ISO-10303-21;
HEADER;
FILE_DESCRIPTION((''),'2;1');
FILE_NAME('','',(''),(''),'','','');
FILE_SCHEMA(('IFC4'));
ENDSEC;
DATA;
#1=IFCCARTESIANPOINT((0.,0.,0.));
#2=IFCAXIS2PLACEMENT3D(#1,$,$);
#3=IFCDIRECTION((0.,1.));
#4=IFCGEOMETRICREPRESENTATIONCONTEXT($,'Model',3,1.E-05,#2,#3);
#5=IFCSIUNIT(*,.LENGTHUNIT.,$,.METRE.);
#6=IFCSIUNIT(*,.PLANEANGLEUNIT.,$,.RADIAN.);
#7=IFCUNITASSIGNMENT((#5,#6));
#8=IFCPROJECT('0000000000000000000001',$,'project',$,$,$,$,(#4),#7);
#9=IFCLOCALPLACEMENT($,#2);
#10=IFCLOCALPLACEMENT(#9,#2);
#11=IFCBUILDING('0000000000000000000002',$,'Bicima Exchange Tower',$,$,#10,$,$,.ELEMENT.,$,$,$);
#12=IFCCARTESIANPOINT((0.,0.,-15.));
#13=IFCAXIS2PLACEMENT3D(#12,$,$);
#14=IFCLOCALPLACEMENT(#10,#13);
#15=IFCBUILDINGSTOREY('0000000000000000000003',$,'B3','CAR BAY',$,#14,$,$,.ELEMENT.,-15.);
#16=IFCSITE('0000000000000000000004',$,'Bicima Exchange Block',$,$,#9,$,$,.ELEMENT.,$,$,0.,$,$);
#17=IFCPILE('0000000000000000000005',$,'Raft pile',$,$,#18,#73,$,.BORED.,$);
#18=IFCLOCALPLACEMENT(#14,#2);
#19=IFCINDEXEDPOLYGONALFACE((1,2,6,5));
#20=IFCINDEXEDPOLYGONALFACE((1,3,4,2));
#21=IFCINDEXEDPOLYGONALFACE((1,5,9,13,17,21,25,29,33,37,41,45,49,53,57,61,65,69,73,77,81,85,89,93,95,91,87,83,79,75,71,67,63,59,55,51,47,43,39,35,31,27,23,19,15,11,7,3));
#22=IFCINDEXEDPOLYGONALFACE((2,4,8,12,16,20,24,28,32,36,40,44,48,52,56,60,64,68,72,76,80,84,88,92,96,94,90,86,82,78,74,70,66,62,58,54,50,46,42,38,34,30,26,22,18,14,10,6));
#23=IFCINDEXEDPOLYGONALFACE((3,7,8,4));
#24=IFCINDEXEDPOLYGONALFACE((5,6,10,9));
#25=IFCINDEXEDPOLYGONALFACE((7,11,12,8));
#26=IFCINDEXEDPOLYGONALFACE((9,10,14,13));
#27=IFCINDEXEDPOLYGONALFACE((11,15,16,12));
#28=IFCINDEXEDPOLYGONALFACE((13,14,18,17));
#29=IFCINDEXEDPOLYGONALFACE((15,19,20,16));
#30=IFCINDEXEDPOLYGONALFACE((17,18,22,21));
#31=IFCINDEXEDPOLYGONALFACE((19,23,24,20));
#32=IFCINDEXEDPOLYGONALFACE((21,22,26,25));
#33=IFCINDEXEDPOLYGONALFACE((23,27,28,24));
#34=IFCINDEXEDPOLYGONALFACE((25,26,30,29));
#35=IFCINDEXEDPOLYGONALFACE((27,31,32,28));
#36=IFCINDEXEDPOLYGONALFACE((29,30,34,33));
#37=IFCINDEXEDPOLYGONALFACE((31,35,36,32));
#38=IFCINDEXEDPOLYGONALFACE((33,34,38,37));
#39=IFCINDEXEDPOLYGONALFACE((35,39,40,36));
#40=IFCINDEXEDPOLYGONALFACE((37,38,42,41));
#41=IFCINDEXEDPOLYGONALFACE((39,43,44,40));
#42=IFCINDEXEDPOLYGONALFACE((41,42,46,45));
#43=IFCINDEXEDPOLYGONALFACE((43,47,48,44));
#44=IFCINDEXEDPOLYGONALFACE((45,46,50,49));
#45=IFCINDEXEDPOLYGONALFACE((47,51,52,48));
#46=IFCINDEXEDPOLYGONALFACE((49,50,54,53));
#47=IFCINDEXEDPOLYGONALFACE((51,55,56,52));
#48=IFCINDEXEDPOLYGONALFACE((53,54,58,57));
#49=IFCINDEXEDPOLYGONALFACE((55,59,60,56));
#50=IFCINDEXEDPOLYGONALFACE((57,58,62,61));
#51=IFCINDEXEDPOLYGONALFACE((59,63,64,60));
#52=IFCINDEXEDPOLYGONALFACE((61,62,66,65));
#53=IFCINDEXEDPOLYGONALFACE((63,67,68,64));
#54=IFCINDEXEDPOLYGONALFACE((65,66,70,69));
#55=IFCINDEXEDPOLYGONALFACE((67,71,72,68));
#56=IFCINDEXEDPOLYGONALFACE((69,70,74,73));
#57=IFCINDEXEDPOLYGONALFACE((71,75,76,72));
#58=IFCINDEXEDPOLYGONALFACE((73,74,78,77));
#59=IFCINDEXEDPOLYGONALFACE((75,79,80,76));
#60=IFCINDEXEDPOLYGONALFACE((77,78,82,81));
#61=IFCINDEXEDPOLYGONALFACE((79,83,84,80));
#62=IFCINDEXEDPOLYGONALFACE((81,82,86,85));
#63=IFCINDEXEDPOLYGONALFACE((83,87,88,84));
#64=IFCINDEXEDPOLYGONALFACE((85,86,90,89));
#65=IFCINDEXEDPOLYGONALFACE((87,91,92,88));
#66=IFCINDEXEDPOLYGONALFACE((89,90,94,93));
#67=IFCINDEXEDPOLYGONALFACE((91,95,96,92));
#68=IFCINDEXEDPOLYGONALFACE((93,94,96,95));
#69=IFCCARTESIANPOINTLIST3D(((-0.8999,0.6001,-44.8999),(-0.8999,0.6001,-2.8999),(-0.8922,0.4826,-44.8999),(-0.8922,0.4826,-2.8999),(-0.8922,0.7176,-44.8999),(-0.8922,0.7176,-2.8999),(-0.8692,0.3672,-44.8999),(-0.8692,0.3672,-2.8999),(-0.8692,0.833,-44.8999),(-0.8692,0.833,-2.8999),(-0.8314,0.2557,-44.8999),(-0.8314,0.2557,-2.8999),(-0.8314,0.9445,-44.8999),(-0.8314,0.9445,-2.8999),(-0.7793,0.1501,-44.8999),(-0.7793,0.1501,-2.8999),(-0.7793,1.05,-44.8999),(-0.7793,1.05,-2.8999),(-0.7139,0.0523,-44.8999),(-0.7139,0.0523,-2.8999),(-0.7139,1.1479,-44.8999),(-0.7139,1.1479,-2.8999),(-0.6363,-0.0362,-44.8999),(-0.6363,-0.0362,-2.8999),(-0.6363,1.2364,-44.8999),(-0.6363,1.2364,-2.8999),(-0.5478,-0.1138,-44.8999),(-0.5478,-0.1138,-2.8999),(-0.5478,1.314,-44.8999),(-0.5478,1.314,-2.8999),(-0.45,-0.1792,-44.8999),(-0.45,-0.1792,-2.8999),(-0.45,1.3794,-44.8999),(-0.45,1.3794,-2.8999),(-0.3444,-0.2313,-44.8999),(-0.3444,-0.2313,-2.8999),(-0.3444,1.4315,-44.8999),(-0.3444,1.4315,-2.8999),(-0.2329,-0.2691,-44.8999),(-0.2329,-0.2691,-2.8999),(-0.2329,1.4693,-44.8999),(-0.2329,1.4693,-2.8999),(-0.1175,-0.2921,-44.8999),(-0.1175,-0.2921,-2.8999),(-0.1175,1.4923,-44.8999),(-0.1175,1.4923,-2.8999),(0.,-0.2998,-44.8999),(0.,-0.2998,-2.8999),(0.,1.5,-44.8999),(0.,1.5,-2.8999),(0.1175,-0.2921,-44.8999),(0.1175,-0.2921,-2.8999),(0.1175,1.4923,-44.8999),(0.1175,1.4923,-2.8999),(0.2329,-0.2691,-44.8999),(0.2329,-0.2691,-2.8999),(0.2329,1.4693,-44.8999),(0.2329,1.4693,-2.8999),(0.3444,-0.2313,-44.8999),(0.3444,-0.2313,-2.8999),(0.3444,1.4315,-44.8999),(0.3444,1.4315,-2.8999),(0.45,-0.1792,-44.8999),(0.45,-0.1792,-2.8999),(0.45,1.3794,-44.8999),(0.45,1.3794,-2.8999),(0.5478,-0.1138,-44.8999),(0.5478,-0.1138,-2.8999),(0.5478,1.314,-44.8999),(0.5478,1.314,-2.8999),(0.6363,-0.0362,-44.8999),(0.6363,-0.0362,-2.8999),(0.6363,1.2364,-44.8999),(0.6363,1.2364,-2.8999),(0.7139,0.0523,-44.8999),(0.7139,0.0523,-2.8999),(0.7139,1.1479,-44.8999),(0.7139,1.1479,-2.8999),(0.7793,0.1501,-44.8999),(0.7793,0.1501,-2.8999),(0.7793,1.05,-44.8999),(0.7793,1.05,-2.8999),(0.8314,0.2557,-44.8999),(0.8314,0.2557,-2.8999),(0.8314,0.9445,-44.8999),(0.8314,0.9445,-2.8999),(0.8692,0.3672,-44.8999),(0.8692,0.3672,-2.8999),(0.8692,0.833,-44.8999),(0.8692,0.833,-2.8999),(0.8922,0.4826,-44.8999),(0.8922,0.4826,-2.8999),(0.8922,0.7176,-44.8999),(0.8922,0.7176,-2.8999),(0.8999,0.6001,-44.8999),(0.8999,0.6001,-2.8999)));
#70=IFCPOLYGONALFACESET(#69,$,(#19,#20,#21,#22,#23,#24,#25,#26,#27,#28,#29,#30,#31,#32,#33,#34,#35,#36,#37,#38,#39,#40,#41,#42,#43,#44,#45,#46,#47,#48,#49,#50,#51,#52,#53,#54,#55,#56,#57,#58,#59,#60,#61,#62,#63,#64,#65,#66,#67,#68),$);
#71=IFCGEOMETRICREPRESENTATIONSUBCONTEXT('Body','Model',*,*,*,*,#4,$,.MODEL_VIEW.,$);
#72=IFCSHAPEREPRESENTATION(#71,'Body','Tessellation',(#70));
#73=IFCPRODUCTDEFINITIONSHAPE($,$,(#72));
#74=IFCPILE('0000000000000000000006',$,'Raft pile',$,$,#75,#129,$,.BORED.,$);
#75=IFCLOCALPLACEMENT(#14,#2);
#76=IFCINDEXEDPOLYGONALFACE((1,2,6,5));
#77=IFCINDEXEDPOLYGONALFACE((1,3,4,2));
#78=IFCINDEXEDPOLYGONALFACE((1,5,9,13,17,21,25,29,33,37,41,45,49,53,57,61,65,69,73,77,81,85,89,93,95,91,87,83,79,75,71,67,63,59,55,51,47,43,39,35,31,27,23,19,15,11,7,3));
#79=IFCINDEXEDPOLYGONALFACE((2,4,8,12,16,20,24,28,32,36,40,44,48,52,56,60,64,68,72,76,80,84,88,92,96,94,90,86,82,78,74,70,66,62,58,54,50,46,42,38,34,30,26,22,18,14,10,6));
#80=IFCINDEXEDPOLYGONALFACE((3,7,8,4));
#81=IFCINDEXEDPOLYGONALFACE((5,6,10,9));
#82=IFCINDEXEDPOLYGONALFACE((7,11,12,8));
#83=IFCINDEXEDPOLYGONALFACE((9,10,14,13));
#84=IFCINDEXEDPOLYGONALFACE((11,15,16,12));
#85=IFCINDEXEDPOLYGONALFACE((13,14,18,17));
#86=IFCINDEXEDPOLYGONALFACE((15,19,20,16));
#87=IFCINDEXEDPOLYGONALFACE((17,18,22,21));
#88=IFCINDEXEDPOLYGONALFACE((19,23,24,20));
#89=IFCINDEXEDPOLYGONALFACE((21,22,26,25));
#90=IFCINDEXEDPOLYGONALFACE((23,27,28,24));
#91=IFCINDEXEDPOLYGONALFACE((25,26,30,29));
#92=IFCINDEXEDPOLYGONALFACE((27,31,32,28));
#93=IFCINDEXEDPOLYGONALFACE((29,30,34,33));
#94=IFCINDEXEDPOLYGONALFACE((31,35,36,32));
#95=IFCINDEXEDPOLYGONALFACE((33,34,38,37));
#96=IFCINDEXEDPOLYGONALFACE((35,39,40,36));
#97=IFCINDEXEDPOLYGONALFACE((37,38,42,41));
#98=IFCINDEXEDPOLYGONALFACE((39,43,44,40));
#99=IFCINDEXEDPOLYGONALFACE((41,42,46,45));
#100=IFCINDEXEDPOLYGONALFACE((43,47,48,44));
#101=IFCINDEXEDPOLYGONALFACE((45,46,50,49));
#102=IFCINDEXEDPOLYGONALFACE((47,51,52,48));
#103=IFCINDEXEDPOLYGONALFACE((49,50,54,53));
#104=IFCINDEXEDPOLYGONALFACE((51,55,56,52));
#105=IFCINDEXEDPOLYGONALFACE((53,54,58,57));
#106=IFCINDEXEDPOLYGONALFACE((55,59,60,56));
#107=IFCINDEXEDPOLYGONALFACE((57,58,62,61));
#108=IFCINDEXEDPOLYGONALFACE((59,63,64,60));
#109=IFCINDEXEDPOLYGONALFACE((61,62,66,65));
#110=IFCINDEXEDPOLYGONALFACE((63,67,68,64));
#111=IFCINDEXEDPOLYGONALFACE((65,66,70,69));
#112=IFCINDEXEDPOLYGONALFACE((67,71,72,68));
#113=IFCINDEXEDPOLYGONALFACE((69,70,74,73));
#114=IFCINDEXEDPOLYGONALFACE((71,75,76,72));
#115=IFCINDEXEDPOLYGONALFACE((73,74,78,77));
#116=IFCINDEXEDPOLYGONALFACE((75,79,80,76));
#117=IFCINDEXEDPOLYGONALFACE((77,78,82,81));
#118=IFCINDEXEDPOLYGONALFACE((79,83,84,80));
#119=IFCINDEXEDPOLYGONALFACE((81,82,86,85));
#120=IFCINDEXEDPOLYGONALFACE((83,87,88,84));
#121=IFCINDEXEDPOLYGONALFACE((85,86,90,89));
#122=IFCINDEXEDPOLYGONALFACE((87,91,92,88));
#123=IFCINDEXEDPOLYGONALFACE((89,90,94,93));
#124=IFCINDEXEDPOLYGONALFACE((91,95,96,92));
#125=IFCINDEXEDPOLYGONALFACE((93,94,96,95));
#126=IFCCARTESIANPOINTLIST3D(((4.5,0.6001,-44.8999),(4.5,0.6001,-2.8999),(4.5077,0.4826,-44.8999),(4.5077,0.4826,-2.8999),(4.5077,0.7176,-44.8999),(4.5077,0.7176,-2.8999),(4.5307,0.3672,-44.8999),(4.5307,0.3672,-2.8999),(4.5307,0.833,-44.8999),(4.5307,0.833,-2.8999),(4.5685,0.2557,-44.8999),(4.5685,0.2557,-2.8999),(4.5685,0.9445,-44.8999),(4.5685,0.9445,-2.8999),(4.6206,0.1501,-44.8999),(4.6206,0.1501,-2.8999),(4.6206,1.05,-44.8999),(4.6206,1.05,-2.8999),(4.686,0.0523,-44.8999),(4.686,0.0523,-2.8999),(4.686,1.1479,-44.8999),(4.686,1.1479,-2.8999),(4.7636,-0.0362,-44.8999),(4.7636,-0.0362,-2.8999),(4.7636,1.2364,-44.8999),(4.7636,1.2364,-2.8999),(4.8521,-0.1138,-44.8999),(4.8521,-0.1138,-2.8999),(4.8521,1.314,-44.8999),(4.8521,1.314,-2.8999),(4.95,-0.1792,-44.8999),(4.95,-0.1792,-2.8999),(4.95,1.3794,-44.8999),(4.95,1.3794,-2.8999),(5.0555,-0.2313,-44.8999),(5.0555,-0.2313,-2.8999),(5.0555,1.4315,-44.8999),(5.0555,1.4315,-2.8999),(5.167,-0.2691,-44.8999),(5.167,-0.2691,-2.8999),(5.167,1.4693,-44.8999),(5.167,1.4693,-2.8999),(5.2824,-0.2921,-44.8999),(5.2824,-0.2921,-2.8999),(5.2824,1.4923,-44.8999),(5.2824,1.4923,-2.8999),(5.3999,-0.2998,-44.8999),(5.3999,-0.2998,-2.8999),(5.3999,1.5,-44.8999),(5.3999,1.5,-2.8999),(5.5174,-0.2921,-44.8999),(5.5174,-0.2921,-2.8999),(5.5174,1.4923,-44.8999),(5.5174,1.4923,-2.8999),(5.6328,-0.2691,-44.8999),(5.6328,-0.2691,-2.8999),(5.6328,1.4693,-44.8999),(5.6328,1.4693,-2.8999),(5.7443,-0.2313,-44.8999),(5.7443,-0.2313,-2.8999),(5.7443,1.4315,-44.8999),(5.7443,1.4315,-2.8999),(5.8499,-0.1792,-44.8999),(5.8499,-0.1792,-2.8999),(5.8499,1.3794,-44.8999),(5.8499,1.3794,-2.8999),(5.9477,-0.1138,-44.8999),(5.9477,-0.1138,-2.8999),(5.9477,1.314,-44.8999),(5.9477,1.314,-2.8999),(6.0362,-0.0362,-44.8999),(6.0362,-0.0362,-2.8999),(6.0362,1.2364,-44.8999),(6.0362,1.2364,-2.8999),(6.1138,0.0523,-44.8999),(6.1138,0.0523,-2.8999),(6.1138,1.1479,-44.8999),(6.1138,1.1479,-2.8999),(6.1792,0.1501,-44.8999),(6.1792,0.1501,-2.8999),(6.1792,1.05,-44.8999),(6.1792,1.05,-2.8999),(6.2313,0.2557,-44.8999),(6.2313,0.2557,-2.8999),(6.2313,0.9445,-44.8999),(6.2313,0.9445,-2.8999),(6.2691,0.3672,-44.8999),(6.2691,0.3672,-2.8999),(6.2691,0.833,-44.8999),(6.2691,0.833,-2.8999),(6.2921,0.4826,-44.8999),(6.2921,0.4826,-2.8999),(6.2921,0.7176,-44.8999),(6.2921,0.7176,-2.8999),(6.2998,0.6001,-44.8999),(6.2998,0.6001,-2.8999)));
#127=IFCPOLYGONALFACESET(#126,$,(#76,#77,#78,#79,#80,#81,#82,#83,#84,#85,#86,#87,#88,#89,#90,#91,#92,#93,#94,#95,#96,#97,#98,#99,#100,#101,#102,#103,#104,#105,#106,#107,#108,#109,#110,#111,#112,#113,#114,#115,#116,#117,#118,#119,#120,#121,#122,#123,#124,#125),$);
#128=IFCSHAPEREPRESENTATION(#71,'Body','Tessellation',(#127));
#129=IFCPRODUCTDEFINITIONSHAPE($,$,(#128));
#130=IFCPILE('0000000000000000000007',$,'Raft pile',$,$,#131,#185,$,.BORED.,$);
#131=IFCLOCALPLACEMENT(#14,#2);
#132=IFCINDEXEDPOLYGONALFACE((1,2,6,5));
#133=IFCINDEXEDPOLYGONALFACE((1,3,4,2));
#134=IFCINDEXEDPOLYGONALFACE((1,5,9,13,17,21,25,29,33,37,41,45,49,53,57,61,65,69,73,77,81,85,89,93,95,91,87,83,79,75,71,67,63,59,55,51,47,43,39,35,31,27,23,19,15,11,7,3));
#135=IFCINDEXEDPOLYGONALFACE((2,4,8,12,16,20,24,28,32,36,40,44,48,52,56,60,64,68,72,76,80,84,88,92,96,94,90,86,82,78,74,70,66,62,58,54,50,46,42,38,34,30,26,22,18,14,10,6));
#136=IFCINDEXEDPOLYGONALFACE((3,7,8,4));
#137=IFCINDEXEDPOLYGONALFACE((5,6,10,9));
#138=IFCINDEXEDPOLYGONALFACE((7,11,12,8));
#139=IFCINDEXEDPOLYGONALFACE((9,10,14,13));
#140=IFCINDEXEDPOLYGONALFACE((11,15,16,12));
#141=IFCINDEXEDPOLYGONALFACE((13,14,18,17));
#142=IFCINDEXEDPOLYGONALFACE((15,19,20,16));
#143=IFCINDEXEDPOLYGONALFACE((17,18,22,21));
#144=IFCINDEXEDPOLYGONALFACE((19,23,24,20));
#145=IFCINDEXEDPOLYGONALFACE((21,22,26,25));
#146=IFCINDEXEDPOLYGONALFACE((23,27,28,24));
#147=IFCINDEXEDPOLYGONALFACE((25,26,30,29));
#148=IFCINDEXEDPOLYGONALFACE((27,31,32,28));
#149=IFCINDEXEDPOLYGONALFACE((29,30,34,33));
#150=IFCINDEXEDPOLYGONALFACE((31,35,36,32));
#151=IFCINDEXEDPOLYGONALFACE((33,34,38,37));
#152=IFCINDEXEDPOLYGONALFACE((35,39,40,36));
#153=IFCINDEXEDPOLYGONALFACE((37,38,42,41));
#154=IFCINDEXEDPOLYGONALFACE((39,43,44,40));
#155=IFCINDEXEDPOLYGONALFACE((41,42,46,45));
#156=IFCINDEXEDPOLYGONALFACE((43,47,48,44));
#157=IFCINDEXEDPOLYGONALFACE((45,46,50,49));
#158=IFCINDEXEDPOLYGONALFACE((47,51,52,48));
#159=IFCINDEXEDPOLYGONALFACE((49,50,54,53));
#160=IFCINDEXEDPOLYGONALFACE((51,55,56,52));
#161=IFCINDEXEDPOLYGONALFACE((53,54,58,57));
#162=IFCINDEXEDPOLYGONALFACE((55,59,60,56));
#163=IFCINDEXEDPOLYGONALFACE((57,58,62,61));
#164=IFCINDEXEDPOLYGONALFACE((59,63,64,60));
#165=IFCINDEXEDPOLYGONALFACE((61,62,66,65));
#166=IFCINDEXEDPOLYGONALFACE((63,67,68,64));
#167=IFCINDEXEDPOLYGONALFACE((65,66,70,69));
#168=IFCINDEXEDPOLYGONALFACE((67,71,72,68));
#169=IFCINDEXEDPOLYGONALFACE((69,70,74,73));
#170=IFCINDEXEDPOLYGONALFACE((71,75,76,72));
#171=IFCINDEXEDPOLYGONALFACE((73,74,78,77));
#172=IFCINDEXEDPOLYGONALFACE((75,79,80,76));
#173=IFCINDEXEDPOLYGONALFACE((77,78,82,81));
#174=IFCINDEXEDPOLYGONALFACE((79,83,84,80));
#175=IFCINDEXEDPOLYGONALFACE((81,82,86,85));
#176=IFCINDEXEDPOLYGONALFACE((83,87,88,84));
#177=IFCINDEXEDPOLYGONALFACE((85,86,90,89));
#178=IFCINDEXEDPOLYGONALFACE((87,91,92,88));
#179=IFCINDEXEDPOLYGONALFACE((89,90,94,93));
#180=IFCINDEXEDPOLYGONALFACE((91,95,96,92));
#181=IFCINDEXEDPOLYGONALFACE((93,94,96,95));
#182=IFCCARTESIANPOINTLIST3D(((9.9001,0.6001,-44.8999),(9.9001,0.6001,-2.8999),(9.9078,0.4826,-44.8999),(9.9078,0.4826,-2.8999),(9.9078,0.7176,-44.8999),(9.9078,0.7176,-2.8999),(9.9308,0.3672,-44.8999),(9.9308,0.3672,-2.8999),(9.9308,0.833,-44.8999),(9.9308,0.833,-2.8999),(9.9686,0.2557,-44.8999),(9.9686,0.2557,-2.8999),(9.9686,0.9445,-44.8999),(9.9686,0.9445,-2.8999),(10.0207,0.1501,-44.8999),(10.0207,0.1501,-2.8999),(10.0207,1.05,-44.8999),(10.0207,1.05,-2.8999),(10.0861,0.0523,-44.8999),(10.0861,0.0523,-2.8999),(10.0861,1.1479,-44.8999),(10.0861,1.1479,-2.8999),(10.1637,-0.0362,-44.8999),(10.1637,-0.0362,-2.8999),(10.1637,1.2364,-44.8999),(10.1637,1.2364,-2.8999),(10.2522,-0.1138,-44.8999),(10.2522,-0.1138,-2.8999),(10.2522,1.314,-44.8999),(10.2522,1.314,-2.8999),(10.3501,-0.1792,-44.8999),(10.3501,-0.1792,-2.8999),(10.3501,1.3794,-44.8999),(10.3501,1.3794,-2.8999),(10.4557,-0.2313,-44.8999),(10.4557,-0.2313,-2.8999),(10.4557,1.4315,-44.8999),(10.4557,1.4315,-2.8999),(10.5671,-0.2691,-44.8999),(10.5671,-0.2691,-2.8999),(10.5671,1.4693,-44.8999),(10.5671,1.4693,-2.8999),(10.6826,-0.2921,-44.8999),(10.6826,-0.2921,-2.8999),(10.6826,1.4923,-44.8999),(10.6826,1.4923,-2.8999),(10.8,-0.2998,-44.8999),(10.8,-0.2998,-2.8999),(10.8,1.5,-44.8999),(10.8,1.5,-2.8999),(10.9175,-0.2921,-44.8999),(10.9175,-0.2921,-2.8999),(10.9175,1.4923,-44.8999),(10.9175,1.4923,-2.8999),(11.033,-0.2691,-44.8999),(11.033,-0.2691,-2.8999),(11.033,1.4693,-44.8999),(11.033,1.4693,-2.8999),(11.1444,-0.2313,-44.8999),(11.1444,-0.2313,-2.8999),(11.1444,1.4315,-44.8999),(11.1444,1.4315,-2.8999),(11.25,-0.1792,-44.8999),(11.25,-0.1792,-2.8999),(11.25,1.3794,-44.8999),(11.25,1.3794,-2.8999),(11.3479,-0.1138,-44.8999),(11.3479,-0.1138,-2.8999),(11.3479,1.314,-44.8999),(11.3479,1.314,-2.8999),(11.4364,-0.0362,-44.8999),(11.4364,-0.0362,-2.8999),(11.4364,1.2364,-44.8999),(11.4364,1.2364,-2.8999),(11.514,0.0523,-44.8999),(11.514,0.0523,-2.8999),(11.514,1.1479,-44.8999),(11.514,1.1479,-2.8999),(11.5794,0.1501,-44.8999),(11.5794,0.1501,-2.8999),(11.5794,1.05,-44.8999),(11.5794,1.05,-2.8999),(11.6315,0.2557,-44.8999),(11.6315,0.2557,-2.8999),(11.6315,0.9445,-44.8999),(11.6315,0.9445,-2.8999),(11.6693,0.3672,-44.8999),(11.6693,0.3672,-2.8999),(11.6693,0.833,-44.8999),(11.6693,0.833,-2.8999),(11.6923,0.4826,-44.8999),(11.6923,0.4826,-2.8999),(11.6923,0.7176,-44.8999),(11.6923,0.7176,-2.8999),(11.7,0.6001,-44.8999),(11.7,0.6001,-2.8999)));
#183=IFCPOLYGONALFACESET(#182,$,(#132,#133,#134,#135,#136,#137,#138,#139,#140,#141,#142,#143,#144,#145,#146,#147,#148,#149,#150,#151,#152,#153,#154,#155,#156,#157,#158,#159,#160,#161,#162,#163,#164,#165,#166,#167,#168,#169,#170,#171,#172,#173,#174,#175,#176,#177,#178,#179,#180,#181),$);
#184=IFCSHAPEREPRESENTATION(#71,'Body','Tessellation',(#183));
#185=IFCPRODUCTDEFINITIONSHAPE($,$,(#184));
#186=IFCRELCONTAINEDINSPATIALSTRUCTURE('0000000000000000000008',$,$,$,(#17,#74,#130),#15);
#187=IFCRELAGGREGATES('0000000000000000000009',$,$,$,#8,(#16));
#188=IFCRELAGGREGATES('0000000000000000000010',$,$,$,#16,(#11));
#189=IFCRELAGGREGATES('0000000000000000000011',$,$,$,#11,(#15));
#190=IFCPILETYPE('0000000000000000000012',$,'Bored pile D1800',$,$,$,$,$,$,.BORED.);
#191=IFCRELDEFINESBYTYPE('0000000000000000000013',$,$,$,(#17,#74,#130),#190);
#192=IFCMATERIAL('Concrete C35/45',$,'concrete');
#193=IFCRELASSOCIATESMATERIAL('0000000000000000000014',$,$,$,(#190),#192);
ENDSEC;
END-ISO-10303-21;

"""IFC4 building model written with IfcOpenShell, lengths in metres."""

from ifc_helpers import new_model, si_unit, direction, frame, origin, origin_2d, place, context, subcontext, project, spatial, circle, extrude, material, material_profile, profile_set, type_object, element, save


model = new_model("IFC4")

# Units and contexts
model_context = context("Model", 3, precision=1e-05, world=origin(), true_north=direction((0.0, 1.0)))
body_context = subcontext(model_context, "Body", "Model", "MODEL_VIEW")
ifc_project = project(units=[si_unit("LENGTHUNIT", "METRE"), si_unit("PLANEANGLEUNIT", "RADIAN")], contexts=[model_context])

# Site, building, storey
site_placement = place(None, origin())
site = spatial("IfcSite", under=ifc_project, at=site_placement, Name="Bicima Exchange Block", CompositionType="ELEMENT", RefElevation=0.0)
building_placement = place(site_placement, origin())
building = spatial("IfcBuilding", under=site, at=building_placement, Name="Bicima Exchange Tower", CompositionType="ELEMENT")
storey_placement = place(building_placement, frame((0.0, 0.0, -15.0)))
storey = spatial("IfcBuildingStorey", under=building, at=storey_placement, Name="B3", Description="CAR BAY", CompositionType="ELEMENT", Elevation=-15.0)

# Piles
ifc_material_1 = material(Name="Concrete C35/45", Category="concrete")
ifc_material_profile_1 = material_profile(ifc_material_1, circle(Radius=0.8999, at=origin_2d()))
ifc_profile_set_1 = profile_set([ifc_material_profile_1], Name="Concrete C35/45")
pile_type = type_object("IfcPileType", Name="Bored pile D1800", PredefinedType="BORED", material=ifc_profile_set_1)
for number, where, z_axis, x_axis, name in (
    (1, (0.0, 0.6001, -2.8999), (0.0, 0.0, -1.0), (1.0, 0.0, 0.0), "Raft pile"),
    (2, (5.3999, 0.6001, -2.8999), (0.0, 0.0, -1.0), (1.0, 0.0, 0.0), "Raft pile"),
    (3, (10.8, 0.6001, -2.8999), (0.0, 0.0, -1.0), (1.0, 0.0, 0.0), "Raft pile"),
):
    element("IfcPile", number, at=place(storey_placement, frame(where, z_axis=z_axis, x_axis=x_axis)), inside=storey, type_object=pile_type, Name=name, PredefinedType="BORED", context=body_context, shape_type="SweptSolid", body=[
        extrude(circle(Radius=0.8999, at=origin_2d()), origin(), (0.0, 0.0, 1.0), 42.0),
    ])

save(model, "model.ifc")
